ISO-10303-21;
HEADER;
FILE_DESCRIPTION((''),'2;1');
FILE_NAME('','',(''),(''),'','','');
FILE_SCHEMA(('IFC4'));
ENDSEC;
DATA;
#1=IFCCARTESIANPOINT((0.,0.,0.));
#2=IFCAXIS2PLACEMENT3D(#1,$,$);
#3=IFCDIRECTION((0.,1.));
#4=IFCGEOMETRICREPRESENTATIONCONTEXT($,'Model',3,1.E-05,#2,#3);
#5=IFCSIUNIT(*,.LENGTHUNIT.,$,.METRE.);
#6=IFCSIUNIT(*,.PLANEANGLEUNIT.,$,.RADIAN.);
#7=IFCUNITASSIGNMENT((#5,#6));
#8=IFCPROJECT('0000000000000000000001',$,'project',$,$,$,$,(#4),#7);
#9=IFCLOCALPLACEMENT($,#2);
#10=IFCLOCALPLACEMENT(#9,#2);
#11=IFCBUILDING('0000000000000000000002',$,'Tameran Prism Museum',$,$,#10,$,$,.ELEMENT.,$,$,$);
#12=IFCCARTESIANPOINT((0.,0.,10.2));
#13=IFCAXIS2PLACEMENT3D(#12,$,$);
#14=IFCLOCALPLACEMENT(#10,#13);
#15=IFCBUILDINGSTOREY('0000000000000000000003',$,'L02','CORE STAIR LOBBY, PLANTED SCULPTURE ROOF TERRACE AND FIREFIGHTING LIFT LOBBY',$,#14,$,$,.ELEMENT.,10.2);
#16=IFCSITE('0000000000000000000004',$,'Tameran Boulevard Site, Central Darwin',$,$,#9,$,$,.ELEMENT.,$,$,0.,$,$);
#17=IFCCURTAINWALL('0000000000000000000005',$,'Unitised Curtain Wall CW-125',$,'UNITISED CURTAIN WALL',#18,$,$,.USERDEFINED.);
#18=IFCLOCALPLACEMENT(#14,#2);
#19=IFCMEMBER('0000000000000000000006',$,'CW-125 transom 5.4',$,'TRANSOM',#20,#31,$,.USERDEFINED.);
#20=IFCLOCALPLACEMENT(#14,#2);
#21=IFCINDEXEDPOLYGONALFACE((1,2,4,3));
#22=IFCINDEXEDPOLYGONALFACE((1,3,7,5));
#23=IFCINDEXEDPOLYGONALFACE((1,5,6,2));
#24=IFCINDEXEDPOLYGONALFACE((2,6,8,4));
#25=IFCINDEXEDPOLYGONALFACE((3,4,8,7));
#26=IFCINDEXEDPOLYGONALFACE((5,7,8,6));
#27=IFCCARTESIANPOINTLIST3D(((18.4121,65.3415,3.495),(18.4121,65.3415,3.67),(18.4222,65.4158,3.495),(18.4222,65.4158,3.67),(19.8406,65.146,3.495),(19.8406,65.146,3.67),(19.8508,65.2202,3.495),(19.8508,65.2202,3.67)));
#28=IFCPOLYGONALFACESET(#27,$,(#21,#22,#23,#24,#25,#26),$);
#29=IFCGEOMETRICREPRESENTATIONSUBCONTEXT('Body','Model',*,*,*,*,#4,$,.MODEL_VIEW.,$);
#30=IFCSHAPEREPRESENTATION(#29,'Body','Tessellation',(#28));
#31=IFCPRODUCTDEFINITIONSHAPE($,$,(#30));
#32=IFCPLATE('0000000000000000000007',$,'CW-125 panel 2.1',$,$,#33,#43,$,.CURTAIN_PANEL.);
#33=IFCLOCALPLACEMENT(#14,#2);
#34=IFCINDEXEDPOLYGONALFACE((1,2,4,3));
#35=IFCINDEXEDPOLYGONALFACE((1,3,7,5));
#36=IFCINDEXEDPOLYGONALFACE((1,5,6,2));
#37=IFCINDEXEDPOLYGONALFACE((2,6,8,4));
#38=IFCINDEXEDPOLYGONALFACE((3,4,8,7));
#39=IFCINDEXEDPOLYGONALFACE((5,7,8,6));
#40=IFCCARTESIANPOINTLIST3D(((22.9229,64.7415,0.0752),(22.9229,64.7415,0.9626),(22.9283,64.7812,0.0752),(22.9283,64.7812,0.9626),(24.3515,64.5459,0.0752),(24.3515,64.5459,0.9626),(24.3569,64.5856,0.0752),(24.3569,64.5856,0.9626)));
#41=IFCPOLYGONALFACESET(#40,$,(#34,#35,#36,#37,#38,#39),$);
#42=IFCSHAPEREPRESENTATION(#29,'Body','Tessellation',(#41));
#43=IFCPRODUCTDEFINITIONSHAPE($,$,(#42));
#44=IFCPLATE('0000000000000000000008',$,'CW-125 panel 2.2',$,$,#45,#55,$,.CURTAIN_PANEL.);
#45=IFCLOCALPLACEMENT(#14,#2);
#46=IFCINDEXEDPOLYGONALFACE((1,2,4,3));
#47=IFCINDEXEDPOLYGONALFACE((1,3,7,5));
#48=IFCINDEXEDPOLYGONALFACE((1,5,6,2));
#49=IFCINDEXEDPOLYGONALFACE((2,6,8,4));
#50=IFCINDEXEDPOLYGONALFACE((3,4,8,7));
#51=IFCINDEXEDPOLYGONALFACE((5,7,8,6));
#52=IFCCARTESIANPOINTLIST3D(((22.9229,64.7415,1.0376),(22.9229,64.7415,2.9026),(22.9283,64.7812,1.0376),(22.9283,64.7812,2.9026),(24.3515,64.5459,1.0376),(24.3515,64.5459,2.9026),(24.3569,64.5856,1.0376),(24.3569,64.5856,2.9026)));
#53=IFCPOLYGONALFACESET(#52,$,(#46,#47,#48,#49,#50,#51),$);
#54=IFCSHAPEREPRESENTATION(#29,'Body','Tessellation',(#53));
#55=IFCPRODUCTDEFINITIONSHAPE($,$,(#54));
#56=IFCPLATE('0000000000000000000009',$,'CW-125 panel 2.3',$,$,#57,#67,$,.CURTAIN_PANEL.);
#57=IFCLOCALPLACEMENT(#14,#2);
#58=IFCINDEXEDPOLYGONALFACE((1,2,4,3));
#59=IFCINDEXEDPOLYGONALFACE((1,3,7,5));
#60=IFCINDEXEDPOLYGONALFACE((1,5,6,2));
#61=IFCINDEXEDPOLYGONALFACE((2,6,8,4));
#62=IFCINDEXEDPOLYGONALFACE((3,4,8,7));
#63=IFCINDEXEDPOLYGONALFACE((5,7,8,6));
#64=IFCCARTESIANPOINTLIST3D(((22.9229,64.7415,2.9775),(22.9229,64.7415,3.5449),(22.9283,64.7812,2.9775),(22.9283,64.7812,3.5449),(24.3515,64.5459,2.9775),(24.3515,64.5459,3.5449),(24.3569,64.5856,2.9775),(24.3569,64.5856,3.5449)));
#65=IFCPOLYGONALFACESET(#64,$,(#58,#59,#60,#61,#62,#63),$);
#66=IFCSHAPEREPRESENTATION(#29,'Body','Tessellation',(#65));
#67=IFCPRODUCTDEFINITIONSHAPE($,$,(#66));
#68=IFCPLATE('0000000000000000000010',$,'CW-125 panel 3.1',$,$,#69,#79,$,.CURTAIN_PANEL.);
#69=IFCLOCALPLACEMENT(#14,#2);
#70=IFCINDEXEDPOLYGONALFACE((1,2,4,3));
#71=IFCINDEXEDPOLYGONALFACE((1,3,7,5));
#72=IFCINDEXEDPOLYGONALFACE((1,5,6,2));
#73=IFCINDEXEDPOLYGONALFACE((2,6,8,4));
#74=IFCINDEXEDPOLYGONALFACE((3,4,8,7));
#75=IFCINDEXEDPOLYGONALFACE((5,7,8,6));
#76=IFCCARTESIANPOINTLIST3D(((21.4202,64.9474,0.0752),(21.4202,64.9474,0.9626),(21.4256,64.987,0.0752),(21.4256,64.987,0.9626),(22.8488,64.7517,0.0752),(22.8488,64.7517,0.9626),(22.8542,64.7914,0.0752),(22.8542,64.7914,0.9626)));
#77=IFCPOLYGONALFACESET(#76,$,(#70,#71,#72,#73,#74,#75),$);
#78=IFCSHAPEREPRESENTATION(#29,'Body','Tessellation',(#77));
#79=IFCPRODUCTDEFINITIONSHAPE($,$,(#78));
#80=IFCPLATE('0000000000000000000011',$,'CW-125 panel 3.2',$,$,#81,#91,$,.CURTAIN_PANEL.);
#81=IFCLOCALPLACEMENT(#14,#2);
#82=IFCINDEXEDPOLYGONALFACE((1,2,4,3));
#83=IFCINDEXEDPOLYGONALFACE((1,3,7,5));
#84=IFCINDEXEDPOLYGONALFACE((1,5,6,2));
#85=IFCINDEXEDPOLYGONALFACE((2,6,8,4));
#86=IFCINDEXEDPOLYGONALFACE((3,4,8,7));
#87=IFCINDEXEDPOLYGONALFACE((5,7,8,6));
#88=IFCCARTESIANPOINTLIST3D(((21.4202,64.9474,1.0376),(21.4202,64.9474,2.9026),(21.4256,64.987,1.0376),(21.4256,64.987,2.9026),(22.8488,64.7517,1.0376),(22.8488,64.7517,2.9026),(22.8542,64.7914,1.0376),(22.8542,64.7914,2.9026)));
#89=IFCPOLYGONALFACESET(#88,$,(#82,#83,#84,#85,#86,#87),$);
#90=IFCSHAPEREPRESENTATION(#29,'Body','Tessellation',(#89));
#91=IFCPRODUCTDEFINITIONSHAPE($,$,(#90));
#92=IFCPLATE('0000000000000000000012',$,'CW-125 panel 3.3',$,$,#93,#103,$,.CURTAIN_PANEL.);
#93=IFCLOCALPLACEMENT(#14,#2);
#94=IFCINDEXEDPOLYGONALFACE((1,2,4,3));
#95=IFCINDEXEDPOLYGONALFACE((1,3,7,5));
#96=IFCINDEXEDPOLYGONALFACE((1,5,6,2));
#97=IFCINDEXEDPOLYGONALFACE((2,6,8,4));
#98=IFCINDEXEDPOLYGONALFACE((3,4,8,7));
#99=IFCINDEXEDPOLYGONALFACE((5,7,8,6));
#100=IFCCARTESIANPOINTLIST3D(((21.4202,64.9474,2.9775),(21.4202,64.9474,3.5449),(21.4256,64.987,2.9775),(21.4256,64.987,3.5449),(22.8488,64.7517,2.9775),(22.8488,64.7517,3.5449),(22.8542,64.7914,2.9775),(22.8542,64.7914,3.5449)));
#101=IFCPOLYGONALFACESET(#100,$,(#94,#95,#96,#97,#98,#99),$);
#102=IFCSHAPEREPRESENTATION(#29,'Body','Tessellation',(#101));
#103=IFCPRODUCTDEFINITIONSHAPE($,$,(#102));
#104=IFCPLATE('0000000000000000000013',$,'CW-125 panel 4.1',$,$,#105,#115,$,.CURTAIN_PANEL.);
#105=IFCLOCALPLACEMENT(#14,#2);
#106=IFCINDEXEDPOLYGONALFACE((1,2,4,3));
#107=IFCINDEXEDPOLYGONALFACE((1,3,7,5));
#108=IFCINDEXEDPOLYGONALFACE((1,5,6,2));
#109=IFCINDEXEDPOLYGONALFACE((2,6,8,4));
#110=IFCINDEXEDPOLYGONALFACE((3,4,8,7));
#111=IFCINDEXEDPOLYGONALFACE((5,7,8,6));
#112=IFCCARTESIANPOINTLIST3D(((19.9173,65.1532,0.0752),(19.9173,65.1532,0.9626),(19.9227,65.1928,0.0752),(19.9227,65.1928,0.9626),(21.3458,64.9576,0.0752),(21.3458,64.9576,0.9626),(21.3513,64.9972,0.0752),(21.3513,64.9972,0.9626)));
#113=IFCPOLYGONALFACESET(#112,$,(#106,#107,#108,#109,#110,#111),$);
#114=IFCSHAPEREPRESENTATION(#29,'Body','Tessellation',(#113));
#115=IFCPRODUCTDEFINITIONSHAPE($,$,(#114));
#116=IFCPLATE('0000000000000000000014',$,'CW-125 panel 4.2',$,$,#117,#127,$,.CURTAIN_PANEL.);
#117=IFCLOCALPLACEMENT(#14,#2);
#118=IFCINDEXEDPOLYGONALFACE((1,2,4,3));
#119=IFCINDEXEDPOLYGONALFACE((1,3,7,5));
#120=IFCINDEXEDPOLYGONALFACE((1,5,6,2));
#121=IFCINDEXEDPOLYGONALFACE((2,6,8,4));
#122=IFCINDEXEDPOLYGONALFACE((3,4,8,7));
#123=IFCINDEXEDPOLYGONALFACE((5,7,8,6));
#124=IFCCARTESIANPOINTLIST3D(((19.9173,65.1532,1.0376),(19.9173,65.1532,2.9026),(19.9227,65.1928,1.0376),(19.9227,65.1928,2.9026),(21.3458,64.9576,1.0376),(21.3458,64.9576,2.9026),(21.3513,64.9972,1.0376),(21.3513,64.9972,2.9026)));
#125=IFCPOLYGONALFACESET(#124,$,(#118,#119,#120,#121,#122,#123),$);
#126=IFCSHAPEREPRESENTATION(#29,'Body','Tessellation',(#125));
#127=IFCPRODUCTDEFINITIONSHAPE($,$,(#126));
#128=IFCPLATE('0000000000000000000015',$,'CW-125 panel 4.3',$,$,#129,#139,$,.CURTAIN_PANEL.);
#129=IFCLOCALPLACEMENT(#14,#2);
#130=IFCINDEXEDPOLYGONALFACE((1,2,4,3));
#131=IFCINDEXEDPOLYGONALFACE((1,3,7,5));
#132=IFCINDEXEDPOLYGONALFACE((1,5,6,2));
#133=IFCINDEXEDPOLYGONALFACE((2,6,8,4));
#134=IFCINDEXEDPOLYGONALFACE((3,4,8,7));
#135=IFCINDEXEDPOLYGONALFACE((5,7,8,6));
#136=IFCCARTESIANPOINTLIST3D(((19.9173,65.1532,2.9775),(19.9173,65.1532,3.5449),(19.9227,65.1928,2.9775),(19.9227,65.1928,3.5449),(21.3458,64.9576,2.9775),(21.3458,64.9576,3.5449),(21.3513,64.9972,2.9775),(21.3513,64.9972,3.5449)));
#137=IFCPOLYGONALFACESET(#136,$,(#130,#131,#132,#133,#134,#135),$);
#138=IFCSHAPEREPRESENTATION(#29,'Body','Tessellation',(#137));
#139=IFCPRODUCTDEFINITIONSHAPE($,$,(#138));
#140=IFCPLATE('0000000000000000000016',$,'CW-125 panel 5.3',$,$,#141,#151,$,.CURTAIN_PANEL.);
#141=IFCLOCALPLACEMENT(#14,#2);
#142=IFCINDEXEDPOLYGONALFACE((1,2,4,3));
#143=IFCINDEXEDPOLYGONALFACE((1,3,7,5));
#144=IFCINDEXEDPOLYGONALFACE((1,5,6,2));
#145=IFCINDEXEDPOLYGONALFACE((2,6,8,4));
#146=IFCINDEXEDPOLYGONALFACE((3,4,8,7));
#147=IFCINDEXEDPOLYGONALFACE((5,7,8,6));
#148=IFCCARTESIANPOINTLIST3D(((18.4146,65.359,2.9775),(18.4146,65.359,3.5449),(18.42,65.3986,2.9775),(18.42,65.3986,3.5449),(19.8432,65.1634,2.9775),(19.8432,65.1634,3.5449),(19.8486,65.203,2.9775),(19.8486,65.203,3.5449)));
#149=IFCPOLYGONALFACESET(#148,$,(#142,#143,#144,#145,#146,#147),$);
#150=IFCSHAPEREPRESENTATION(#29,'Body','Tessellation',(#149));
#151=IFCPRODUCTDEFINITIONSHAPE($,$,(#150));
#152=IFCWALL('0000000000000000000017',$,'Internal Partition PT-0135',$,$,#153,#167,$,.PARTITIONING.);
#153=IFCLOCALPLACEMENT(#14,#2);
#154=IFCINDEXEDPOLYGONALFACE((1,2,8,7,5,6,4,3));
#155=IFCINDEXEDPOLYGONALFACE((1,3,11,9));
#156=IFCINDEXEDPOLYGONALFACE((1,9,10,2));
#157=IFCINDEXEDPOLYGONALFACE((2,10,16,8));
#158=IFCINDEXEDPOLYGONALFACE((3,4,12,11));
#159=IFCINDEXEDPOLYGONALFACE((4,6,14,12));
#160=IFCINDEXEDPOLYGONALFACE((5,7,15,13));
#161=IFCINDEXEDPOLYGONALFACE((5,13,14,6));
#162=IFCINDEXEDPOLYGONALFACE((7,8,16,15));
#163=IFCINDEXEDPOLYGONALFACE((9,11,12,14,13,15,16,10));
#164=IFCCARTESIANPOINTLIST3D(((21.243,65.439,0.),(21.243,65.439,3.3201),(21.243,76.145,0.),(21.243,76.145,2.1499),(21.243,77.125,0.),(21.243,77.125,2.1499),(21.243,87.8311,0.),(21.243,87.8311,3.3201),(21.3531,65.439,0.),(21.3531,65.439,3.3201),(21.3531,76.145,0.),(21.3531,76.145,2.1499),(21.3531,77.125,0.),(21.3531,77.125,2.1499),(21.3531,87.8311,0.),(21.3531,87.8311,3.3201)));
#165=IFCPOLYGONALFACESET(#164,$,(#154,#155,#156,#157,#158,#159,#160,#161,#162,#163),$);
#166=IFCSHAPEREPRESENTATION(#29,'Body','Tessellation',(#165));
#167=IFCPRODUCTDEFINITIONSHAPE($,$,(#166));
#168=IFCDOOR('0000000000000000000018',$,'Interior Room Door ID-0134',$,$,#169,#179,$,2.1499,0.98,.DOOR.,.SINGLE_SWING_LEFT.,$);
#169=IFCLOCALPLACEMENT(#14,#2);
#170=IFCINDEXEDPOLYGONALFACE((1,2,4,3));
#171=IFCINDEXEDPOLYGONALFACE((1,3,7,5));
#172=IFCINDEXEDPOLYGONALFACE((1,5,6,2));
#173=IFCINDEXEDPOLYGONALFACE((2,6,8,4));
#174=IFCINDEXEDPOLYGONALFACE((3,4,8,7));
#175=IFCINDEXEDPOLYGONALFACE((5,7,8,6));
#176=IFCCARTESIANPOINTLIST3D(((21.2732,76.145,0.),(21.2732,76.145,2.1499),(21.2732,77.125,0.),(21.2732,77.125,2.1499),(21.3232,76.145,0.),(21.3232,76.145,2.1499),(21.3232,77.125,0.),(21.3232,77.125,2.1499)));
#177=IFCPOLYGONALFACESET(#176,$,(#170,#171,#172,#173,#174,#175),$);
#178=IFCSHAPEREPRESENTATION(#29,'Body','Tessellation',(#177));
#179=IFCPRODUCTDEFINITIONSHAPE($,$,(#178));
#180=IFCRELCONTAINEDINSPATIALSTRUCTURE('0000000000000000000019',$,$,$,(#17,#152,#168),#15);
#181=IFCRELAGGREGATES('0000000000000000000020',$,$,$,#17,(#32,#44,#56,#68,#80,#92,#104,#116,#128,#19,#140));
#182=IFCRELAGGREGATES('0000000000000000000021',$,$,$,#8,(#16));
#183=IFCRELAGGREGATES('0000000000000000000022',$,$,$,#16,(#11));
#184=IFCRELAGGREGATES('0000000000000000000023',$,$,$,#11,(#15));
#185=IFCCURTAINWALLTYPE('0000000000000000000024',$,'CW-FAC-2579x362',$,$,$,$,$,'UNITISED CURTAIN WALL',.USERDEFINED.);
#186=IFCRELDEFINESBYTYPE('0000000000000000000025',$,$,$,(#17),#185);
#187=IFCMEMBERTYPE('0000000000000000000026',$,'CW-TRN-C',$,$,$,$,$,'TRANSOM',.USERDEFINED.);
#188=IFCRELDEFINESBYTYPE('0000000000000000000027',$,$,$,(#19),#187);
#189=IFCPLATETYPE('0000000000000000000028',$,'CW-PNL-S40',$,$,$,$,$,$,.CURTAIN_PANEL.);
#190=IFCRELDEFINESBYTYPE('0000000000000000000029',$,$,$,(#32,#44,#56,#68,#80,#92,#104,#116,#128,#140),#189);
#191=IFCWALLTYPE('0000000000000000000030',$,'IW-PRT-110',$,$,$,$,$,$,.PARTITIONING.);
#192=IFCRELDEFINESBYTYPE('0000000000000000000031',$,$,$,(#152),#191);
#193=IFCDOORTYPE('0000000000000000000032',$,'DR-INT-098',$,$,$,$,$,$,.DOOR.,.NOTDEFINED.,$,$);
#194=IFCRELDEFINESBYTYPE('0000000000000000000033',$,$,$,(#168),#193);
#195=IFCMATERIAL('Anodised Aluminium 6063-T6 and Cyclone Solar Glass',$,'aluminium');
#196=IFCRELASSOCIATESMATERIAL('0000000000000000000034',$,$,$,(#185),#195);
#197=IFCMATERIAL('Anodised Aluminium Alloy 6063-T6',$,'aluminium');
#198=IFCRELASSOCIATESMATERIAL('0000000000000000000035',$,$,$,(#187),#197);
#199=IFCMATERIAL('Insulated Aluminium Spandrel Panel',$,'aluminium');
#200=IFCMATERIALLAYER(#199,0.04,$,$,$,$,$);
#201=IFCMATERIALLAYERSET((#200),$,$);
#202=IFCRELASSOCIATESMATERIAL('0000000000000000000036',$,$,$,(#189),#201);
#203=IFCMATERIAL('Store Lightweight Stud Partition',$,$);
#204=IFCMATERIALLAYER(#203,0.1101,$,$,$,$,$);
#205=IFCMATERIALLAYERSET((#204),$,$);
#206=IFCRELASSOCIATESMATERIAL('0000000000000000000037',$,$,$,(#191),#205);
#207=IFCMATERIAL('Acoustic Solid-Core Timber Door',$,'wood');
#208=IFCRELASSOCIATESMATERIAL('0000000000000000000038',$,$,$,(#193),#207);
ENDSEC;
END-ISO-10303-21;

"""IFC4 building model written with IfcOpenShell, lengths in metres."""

from ifc_helpers import new_model, si_unit, direction, frame, frame_2d, origin, origin_2d, place, context, subcontext, project, spatial, rectangle, extrude, material, layer, layer_set, material_profile, profile_set, type_object, element, fill, aggregate, save


model = new_model("IFC4")

# Units and contexts
model_context = context("Model", 3, precision=1e-05, world=origin(), true_north=direction((0.0, 1.0)))
body_context = subcontext(model_context, "Body", "Model", "MODEL_VIEW")
ifc_project = project(units=[si_unit("LENGTHUNIT", "METRE"), si_unit("PLANEANGLEUNIT", "RADIAN")], contexts=[model_context])

# Site, building, storey
site_placement = place(None, origin())
site = spatial("IfcSite", under=ifc_project, at=site_placement, Name="Tameran Boulevard Site, Central Darwin", CompositionType="ELEMENT", RefElevation=0.0)
building_placement = place(site_placement, origin())
building = spatial("IfcBuilding", under=site, at=building_placement, Name="Tameran Prism Museum", CompositionType="ELEMENT")
storey_placement = place(building_placement, frame((0.0, 0.0, 10.2)))
storey = spatial("IfcBuildingStorey", under=building, at=storey_placement, Name="L02", Description="CORE STAIR LOBBY, PLANTED SCULPTURE ROOF TERRACE AND FIREFIGHTING LIFT LOBBY", CompositionType="ELEMENT", Elevation=10.2)

# Curtain wall, member, plates
ifc_material_1 = material(Name="Anodised Aluminium 6063-T6 and Cyclone Solar Glass", Category="aluminium")
curtain_wall_type = type_object("IfcCurtainWallType", Name="CW-FAC-2579x362", ElementType="UNITISED CURTAIN WALL", PredefinedType="USERDEFINED", material=ifc_material_1)
curtain_wall_placement = place(storey_placement, origin())
curtain_wall = element("IfcCurtainWall", 1, at=curtain_wall_placement, inside=storey, type_object=curtain_wall_type, Name="Unitised Curtain Wall CW-125", ObjectType="UNITISED CURTAIN WALL", PredefinedType="USERDEFINED")
ifc_material_2 = material(Name="Anodised Aluminium Alloy 6063-T6", Category="aluminium")
ifc_material_profile_1 = material_profile(ifc_material_2, rectangle(XDim=0.075, YDim=0.175, at=origin_2d()))
ifc_profile_set_1 = profile_set([ifc_material_profile_1])
member_type_1 = type_object("IfcMemberType", Name="CW-TRN-C", ElementType="TRANSOM", PredefinedType="USERDEFINED", material=ifc_profile_set_1)
member_1_placement = place(storey_placement, frame((19.8457, 65.1831, 3.5825), z_axis=(-0.990759, 0.135635, 0.0), x_axis=(-0.135635, -0.990759, 0.0)))
member_1 = element("IfcMember", 2, at=member_1_placement, type_object=member_type_1, Name="CW-125 transom 5.4", ObjectType="TRANSOM", PredefinedType="USERDEFINED", context=body_context, shape_type="SweptSolid", body=[
    extrude(rectangle(XDim=0.075, YDim=0.175, at=origin_2d()), origin(), (0.0, 0.0, 1.0), 1.4419),
])
ifc_material_3 = material(Name="Insulated Aluminium Spandrel Panel", Category="aluminium")
ifc_layer_1 = layer(ifc_material_3, 0.04)
ifc_layer_set_1 = layer_set([ifc_layer_1])
plate_type = type_object("IfcPlateType", Name="CW-PNL-S40", PredefinedType="CURTAIN_PANEL", material=ifc_layer_set_1)
plate_1_placement = place(storey_placement, frame((23.6399, 64.6636, 0.0752), z_axis=(0.0, 0.0, 1.0), x_axis=(-0.990756, 0.135658, 0.0)))
plate_1 = element("IfcPlate", 3, at=plate_1_placement, type_object=plate_type, Name="CW-125 panel 2.1", PredefinedType="CURTAIN_PANEL", context=body_context, shape_type="SweptSolid", body=[
    extrude(rectangle(XDim=1.4419, YDim=0.04, at=origin_2d()), origin(), (0.0, 0.0, 1.0), 0.8875),
])
plate_2_placement = place(storey_placement, frame((23.6399, 64.6636, 1.0376), z_axis=(0.0, 0.0, 1.0), x_axis=(-0.990756, 0.135658, 0.0)))
plate_2 = element("IfcPlate", 4, at=plate_2_placement, type_object=plate_type, Name="CW-125 panel 2.2", PredefinedType="CURTAIN_PANEL", context=body_context, shape_type="SweptSolid", body=[
    extrude(rectangle(XDim=1.4419, YDim=0.04, at=origin_2d()), origin(), (0.0, 0.0, 1.0), 1.865),
])
plate_3_placement = place(storey_placement, frame((23.6399, 64.6636, 2.9775), z_axis=(0.0, 0.0, 1.0), x_axis=(-0.990756, 0.135658, 0.0)))
plate_3 = element("IfcPlate", 5, at=plate_3_placement, type_object=plate_type, Name="CW-125 panel 2.3", PredefinedType="CURTAIN_PANEL", context=body_context, shape_type="SweptSolid", body=[
    extrude(rectangle(XDim=1.4419, YDim=0.04, at=origin_2d()), origin(), (0.0, 0.0, 1.0), 0.5674),
])
plate_4_placement = place(storey_placement, frame((22.1372, 64.8694, 0.0752), z_axis=(0.0, 0.0, 1.0), x_axis=(-0.990756, 0.135658, 0.0)))
plate_4 = element("IfcPlate", 6, at=plate_4_placement, type_object=plate_type, Name="CW-125 panel 3.1", PredefinedType="CURTAIN_PANEL", context=body_context, shape_type="SweptSolid", body=[
    extrude(rectangle(XDim=1.4419, YDim=0.04, at=origin_2d()), origin(), (0.0, 0.0, 1.0), 0.8875),
])
plate_5_placement = place(storey_placement, frame((22.1372, 64.8694, 1.0376), z_axis=(0.0, 0.0, 1.0), x_axis=(-0.990756, 0.135658, 0.0)))
plate_5 = element("IfcPlate", 7, at=plate_5_placement, type_object=plate_type, Name="CW-125 panel 3.2", PredefinedType="CURTAIN_PANEL", context=body_context, shape_type="SweptSolid", body=[
    extrude(rectangle(XDim=1.4419, YDim=0.04, at=origin_2d()), origin(), (0.0, 0.0, 1.0), 1.865),
])
plate_6_placement = place(storey_placement, frame((22.1372, 64.8694, 2.9775), z_axis=(0.0, 0.0, 1.0), x_axis=(-0.990756, 0.135658, 0.0)))
plate_6 = element("IfcPlate", 8, at=plate_6_placement, type_object=plate_type, Name="CW-125 panel 3.3", PredefinedType="CURTAIN_PANEL", context=body_context, shape_type="SweptSolid", body=[
    extrude(rectangle(XDim=1.4419, YDim=0.04, at=origin_2d()), origin(), (0.0, 0.0, 1.0), 0.5674),
])
plate_7_placement = place(storey_placement, frame((20.6343, 65.0752, 0.0752), z_axis=(0.0, 0.0, 1.0), x_axis=(-0.990756, 0.135658, 0.0)))
plate_7 = element("IfcPlate", 9, at=plate_7_placement, type_object=plate_type, Name="CW-125 panel 4.1", PredefinedType="CURTAIN_PANEL", context=body_context, shape_type="SweptSolid", body=[
    extrude(rectangle(XDim=1.4419, YDim=0.04, at=origin_2d()), origin(), (0.0, 0.0, 1.0), 0.8875),
])
plate_8_placement = place(storey_placement, frame((20.6343, 65.0752, 1.0376), z_axis=(0.0, 0.0, 1.0), x_axis=(-0.990756, 0.135658, 0.0)))
plate_8 = element("IfcPlate", 10, at=plate_8_placement, type_object=plate_type, Name="CW-125 panel 4.2", PredefinedType="CURTAIN_PANEL", context=body_context, shape_type="SweptSolid", body=[
    extrude(rectangle(XDim=1.4419, YDim=0.04, at=origin_2d()), origin(), (0.0, 0.0, 1.0), 1.865),
])
plate_9_placement = place(storey_placement, frame((20.6343, 65.0752, 2.9775), z_axis=(0.0, 0.0, 1.0), x_axis=(-0.990756, 0.135658, 0.0)))
plate_9 = element("IfcPlate", 11, at=plate_9_placement, type_object=plate_type, Name="CW-125 panel 4.3", PredefinedType="CURTAIN_PANEL", context=body_context, shape_type="SweptSolid", body=[
    extrude(rectangle(XDim=1.4419, YDim=0.04, at=origin_2d()), origin(), (0.0, 0.0, 1.0), 0.5674),
])
plate_10_placement = place(storey_placement, frame((19.1316, 65.281, 2.9775), z_axis=(0.0, 0.0, 1.0), x_axis=(-0.990756, 0.135658, 0.0)))
plate_10 = element("IfcPlate", 12, at=plate_10_placement, type_object=plate_type, Name="CW-125 panel 5.3", PredefinedType="CURTAIN_PANEL", context=body_context, shape_type="SweptSolid", body=[
    extrude(rectangle(XDim=1.4419, YDim=0.04, at=origin_2d()), origin(), (0.0, 0.0, 1.0), 0.5674),
])
aggregate(curtain_wall, [plate_1, plate_2, plate_3, plate_4, plate_5, plate_6, plate_7, plate_8, plate_9, member_1, plate_10])

# Wall, opening, door
ifc_material_4 = material(Name="Store Lightweight Stud Partition")
ifc_layer_2 = layer(ifc_material_4, 0.1101)
ifc_layer_set_2 = layer_set([ifc_layer_2])
wall_type = type_object("IfcWallType", Name="IW-PRT-110", PredefinedType="PARTITIONING", material=ifc_layer_set_2)
wall_placement = place(storey_placement, frame((21.2981, 65.439, 0.0), z_axis=(0.0, 0.0, 1.0), x_axis=(0.0, 1.0, 0.0)))
wall = element("IfcWall", 13, at=wall_placement, inside=storey, type_object=wall_type, Name="Internal Partition PT-0135", PredefinedType="PARTITIONING", context=body_context, shape_type="SweptSolid", body=[
    extrude(rectangle(XDim=22.3921, YDim=0.1101, at=frame_2d((11.196, 0.0))), origin(), (0.0, 0.0, 1.0), 3.3201),
])
opening_placement = place(wall_placement, frame((10.7061, 0.0, 0.0)))
opening = element("IfcOpeningElement", 14, at=opening_placement, cuts=wall, PredefinedType="OPENING", context=body_context, shape_type="SweptSolid", body=[
    extrude(rectangle(XDim=0.98, YDim=2.1499, at=frame_2d((0.49, 1.075))), frame((0.0, 0.0649, 0.0), z_axis=(0.0, -1.0, 0.0), x_axis=(1.0, 0.0, 0.0)), (0.0, 0.0, 1.0), 0.1301),
])
ifc_material_5 = material(Name="Acoustic Solid-Core Timber Door", Category="wood")
door_type = type_object("IfcDoorType", Name="DR-INT-098", OperationType="NOTDEFINED", PredefinedType="DOOR", material=ifc_material_5)
door_placement = place(opening_placement, origin())
door = element("IfcDoor", 15, at=door_placement, inside=storey, type_object=door_type, Name="Interior Room Door ID-0134", OperationType="SINGLE_SWING_LEFT", OverallHeight=2.1499, OverallWidth=0.98, PredefinedType="DOOR", context=body_context, shape_type="SweptSolid", body=[
    extrude(rectangle(XDim=0.98, YDim=2.1499, at=frame_2d((0.49, 1.075))), frame((0.0, 0.0249, 0.0), z_axis=(0.0, -1.0, 0.0), x_axis=(1.0, 0.0, 0.0)), (0.0, 0.0, 1.0), 0.05),
])
fill(opening, door)

save(model, "model.ifc")
